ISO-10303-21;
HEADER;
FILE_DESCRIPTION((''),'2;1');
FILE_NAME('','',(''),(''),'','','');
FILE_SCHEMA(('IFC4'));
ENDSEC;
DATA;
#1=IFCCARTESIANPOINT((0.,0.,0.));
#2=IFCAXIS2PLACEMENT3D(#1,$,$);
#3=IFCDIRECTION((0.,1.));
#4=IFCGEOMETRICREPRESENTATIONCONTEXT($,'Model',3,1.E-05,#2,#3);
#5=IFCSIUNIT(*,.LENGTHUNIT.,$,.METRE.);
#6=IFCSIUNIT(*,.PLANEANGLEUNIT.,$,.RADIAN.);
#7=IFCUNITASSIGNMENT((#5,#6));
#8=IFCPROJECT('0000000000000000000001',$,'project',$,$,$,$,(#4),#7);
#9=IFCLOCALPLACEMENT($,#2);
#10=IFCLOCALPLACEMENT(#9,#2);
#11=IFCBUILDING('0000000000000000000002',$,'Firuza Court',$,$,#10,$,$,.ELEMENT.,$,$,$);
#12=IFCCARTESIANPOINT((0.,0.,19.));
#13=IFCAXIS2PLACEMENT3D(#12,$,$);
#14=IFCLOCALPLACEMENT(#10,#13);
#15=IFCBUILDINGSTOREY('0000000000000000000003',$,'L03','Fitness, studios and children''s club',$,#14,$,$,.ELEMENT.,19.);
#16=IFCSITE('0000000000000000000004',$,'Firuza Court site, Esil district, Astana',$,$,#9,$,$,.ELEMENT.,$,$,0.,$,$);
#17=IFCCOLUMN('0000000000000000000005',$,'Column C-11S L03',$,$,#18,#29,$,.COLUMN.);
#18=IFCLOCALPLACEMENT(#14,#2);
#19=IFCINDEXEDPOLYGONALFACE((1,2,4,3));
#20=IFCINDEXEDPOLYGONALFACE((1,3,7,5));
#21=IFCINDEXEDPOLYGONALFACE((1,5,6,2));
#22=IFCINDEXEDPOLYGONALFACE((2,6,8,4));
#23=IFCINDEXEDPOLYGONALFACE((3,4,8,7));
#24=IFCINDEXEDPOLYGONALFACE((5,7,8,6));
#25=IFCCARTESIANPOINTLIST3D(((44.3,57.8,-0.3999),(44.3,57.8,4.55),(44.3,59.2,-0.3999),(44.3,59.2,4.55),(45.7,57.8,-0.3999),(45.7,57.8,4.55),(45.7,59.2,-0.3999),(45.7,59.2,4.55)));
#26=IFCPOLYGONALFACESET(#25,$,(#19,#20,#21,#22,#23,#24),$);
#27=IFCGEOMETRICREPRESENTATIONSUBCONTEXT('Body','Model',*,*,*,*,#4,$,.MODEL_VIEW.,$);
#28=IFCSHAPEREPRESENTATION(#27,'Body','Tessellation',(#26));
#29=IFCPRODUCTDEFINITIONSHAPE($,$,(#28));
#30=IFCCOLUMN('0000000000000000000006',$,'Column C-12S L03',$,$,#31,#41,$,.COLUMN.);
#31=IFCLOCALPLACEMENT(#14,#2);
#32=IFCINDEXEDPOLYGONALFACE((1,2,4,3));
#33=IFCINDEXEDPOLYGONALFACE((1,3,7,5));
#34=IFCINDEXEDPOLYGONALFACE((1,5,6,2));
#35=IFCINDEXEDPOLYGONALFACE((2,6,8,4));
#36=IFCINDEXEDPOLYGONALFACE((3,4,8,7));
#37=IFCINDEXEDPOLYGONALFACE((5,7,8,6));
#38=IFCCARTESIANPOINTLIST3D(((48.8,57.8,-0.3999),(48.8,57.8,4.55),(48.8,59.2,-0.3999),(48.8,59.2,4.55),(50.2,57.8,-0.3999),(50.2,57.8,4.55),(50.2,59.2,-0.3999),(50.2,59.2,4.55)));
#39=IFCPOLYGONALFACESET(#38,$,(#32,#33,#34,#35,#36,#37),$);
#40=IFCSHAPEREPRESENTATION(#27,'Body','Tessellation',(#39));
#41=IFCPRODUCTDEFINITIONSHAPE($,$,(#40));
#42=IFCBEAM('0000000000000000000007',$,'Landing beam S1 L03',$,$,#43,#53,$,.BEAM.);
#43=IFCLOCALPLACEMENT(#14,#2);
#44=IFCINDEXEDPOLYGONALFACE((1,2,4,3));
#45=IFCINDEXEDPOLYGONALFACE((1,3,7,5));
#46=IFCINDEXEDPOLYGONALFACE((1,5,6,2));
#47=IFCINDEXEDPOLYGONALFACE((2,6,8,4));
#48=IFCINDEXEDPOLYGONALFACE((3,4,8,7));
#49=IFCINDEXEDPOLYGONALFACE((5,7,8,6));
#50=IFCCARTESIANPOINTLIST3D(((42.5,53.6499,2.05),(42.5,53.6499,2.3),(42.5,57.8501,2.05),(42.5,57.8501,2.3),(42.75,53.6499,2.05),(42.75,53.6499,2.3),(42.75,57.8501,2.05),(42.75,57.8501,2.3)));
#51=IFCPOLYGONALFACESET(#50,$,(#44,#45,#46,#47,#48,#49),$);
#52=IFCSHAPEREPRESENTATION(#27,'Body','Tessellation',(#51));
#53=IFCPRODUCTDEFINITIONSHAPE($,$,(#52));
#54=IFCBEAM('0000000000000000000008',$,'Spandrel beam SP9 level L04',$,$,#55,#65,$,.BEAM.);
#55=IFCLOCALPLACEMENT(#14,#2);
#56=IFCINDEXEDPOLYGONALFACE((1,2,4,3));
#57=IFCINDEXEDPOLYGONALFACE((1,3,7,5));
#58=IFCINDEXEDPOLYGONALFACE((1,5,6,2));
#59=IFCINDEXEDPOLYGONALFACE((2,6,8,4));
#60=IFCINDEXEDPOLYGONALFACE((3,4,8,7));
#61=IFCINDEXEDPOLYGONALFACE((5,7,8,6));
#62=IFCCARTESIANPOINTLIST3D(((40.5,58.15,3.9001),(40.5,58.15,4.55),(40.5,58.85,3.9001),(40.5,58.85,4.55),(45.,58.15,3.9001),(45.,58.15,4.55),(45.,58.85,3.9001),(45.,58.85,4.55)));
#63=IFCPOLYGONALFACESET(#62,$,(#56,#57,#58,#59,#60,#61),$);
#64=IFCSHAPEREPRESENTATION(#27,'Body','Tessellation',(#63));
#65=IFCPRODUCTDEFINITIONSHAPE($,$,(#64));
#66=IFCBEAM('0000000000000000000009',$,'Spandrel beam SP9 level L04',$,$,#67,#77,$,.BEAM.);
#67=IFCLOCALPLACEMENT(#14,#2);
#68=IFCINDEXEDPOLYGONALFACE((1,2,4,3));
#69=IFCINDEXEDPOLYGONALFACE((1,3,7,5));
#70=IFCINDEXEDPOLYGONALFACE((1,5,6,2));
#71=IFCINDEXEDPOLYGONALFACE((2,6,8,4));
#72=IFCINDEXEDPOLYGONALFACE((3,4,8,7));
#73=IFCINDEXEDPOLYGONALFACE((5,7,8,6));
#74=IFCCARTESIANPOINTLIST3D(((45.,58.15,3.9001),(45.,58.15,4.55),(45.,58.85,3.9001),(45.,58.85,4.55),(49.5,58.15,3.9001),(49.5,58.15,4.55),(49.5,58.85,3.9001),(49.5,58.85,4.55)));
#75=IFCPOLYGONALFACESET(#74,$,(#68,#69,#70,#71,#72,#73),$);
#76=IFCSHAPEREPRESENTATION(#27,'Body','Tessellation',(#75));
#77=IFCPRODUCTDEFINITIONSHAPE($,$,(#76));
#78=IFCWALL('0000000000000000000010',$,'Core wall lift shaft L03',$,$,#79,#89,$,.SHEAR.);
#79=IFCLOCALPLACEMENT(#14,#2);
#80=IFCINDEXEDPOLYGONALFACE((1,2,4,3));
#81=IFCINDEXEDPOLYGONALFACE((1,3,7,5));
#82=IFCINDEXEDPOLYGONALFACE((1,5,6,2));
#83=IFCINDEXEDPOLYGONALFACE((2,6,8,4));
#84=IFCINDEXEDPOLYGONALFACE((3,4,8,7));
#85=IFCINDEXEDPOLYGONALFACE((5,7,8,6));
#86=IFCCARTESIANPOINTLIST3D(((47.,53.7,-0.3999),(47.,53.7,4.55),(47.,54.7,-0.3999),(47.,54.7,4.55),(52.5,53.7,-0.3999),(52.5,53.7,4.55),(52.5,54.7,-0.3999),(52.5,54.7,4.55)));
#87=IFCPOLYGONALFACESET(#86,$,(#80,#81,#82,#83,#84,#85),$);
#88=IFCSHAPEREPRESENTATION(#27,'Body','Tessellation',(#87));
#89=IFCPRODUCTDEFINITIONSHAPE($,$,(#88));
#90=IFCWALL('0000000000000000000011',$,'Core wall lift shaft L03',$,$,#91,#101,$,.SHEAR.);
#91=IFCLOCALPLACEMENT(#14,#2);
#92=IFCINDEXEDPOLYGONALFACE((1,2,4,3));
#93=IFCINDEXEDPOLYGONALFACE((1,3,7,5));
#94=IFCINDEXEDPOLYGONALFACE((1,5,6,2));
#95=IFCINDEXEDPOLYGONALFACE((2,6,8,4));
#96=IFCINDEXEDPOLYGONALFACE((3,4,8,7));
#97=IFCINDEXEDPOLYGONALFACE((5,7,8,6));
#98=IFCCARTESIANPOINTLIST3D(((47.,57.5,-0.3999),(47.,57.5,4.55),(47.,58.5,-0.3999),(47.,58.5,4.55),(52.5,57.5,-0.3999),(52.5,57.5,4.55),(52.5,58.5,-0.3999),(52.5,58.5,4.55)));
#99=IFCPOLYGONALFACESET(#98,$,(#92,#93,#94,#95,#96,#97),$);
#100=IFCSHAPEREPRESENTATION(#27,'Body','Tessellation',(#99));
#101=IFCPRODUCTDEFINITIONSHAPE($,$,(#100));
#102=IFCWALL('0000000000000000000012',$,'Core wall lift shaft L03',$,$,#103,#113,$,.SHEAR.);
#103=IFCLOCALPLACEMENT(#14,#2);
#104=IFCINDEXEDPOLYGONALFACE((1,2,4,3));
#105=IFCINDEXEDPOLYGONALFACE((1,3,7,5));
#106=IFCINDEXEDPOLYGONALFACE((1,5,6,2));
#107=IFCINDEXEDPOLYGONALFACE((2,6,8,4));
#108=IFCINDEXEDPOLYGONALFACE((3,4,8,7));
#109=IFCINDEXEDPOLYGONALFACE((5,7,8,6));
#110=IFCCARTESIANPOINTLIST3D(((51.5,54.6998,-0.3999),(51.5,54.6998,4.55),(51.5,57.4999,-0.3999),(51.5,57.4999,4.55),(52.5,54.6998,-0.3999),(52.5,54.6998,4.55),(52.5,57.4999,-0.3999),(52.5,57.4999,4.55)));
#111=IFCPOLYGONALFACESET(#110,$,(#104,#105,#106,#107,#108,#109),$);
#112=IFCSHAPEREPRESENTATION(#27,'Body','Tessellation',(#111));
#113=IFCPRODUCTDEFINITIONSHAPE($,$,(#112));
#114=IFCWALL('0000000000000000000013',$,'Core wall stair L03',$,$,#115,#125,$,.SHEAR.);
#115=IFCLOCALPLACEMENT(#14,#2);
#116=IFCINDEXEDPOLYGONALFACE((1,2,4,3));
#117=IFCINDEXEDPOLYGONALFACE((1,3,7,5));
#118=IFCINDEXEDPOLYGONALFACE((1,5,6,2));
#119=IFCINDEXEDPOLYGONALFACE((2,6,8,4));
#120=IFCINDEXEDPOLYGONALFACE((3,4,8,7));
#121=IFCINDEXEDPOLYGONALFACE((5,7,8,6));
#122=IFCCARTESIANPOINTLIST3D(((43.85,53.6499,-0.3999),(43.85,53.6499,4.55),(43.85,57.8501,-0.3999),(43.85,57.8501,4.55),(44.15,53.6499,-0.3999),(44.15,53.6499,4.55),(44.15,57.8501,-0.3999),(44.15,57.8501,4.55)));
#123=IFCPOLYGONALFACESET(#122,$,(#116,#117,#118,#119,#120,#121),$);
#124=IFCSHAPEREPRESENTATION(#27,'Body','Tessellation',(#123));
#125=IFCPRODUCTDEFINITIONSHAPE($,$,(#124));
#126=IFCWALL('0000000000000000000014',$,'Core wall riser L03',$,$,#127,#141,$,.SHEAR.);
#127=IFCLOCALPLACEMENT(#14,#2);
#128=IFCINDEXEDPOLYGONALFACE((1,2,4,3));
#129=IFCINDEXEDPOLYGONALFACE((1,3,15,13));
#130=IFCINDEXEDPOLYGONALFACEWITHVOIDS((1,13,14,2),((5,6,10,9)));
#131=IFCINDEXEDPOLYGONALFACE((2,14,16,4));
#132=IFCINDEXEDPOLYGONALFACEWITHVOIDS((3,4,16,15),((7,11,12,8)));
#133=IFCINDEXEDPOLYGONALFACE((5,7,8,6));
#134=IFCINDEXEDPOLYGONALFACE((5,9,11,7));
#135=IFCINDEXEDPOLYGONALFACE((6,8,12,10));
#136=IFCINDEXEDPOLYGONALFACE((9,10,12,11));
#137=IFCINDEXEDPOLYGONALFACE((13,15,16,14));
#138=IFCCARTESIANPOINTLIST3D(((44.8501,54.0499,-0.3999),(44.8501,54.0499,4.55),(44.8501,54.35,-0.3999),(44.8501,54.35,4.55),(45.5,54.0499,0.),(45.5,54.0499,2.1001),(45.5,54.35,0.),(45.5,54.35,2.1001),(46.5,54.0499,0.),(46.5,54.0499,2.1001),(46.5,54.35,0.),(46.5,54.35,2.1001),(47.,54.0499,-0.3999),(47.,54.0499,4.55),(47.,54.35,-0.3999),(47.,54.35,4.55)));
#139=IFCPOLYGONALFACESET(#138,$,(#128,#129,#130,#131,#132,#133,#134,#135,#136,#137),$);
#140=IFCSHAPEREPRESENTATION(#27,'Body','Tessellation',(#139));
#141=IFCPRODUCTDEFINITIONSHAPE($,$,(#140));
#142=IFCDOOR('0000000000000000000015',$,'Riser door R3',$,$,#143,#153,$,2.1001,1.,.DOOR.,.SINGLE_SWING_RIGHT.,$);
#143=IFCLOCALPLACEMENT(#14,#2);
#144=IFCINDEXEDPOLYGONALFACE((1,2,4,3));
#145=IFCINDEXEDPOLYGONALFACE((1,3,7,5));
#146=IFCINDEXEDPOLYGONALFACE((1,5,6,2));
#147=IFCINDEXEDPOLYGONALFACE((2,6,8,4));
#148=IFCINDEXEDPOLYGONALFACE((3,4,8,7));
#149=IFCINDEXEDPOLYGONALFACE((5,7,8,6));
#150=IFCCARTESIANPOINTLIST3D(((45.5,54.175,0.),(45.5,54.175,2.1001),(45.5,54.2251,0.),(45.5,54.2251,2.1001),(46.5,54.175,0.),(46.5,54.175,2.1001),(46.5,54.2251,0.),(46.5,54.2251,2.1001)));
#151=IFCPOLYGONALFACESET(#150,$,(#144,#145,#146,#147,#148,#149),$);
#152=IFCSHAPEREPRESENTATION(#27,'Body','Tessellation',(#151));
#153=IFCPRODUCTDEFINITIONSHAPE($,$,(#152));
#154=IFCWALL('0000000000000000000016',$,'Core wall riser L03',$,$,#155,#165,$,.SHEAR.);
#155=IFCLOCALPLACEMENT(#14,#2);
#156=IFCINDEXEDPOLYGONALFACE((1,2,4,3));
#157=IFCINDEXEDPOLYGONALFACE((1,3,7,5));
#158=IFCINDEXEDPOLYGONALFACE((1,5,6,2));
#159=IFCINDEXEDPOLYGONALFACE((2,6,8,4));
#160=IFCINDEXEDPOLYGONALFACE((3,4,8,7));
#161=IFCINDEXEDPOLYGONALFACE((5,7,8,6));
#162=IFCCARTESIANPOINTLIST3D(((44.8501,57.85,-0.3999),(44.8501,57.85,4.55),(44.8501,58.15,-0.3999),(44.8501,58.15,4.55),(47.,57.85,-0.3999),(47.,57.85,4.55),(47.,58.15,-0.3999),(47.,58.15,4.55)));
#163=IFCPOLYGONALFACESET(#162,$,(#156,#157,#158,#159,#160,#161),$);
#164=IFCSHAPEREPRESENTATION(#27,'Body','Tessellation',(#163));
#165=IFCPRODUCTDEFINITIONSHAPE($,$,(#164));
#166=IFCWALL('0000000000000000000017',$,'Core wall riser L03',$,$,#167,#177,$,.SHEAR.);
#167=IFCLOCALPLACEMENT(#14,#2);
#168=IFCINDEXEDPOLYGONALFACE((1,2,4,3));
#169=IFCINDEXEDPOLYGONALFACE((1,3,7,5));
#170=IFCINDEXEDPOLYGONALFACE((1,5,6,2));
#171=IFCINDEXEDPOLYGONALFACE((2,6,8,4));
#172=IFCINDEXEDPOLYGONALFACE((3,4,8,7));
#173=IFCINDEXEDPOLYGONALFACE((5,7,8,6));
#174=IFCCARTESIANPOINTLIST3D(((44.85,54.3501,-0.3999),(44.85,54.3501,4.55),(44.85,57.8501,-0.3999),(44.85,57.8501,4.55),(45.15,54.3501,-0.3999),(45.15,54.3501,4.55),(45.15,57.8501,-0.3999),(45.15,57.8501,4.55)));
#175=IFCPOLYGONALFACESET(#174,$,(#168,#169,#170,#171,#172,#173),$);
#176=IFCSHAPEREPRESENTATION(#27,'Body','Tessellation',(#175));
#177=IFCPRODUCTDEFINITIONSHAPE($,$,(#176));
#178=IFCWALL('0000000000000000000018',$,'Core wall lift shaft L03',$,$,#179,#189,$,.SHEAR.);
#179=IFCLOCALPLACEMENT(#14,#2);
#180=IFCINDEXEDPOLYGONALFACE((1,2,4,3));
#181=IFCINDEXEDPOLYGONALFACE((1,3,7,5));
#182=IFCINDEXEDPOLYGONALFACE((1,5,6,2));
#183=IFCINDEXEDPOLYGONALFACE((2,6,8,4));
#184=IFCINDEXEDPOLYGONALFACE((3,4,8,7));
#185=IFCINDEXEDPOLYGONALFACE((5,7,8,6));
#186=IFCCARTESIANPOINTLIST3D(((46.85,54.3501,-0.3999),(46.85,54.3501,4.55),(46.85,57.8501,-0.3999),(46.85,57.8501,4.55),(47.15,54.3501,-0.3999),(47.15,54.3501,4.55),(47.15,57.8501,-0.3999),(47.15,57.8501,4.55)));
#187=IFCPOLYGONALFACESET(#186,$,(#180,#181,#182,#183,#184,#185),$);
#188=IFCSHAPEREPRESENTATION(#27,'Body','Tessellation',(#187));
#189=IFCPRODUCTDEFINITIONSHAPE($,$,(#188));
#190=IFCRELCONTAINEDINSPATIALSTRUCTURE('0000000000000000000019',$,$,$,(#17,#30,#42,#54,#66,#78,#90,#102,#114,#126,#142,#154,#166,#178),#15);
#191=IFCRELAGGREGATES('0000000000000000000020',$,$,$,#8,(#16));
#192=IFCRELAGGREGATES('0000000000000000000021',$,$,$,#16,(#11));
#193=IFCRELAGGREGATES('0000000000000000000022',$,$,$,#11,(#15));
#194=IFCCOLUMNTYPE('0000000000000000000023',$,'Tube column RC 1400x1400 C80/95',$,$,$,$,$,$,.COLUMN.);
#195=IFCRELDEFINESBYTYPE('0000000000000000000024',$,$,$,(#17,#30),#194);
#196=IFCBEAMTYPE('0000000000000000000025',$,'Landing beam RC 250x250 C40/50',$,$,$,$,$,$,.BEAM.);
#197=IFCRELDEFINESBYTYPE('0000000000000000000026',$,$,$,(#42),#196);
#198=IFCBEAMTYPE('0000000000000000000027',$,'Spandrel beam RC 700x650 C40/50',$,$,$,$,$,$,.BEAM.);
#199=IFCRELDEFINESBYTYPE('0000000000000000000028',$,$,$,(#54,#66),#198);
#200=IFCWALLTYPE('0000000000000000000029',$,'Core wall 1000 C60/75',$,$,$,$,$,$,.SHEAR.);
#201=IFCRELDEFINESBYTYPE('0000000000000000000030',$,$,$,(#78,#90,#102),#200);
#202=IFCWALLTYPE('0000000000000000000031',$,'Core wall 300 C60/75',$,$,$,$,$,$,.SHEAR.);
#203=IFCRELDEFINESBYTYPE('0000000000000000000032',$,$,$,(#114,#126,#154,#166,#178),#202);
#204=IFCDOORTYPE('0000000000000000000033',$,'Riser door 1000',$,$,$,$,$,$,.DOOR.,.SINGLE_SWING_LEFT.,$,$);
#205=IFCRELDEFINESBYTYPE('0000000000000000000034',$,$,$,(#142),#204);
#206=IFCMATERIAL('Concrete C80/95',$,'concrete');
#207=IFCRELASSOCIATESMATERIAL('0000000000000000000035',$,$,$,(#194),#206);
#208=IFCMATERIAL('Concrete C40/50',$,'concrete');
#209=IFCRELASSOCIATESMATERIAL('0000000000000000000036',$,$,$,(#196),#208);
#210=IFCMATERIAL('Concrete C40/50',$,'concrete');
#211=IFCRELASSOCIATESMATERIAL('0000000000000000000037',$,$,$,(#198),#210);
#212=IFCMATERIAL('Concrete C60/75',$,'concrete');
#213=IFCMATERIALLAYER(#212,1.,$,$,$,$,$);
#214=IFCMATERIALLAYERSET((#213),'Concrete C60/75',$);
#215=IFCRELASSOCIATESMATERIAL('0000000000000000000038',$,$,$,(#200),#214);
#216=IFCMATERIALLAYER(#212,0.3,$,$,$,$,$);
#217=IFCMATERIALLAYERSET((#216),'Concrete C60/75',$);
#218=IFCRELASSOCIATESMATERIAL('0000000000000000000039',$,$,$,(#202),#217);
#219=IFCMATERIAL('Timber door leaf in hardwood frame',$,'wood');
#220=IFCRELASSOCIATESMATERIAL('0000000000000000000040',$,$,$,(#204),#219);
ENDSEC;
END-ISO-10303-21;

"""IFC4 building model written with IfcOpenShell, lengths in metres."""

from ifc_helpers import new_model, si_unit, direction, frame, frame_2d, origin, origin_2d, place, context, subcontext, project, spatial, rectangle, extrude, material, layer, layer_set, material_profile, profile_set, type_object, element, fill, save


model = new_model("IFC4")

# Units and contexts
model_context = context("Model", 3, precision=1e-05, world=origin(), true_north=direction((0.0, 1.0)))
body_context = subcontext(model_context, "Body", "Model", "MODEL_VIEW")
ifc_project = project(units=[si_unit("LENGTHUNIT", "METRE"), si_unit("PLANEANGLEUNIT", "RADIAN")], contexts=[model_context])

# Site, building, storey
site_placement = place(None, origin())
site = spatial("IfcSite", under=ifc_project, at=site_placement, Name="Firuza Court site, Esil district, Astana", CompositionType="ELEMENT", RefElevation=0.0)
building_placement = place(site_placement, origin())
building = spatial("IfcBuilding", under=site, at=building_placement, Name="Firuza Court", CompositionType="ELEMENT")
storey_placement = place(building_placement, frame((0.0, 0.0, 19.0)))
storey = spatial("IfcBuildingStorey", under=building, at=storey_placement, Name="L03", Description="Fitness, studios and children's club", CompositionType="ELEMENT", Elevation=19.0)

# Columns
ifc_material_1 = material(Name="Concrete C80/95", Category="concrete")
ifc_material_profile_1 = material_profile(ifc_material_1, rectangle(XDim=1.3999, YDim=1.3999, at=origin_2d()), Name="RC 1400x1400")
ifc_profile_set_1 = profile_set([ifc_material_profile_1], Name="Concrete C80/95")
column_type = type_object("IfcColumnType", Name="Tube column RC 1400x1400 C80/95", PredefinedType="COLUMN", material=ifc_profile_set_1)
for number, where, z_axis, x_axis, name in (
    (1, (45.0, 58.5, -0.3999), (0.0, 0.0, 1.0), (1.0, 0.0, 0.0), "Column C-11S L03"),
    (2, (49.5, 58.5, -0.3999), (0.0, 0.0, 1.0), (1.0, 0.0, 0.0), "Column C-12S L03"),
):
    element("IfcColumn", number, at=place(storey_placement, frame(where, z_axis=z_axis, x_axis=x_axis)), inside=storey, type_object=column_type, Name=name, PredefinedType="COLUMN", context=body_context, shape_type="SweptSolid", body=[
        extrude(rectangle(XDim=1.3999, YDim=1.3999, at=origin_2d()), origin(), (0.0, 0.0, 1.0), 4.95),
    ])

# Beams
ifc_material_2 = material(Name="Concrete C40/50", Category="concrete")
ifc_material_profile_2 = material_profile(ifc_material_2, rectangle(XDim=0.25, YDim=0.25, at=origin_2d()), Name="RC 250x250")
ifc_profile_set_2 = profile_set([ifc_material_profile_2], Name="Concrete C40/50")
beam_type_1 = type_object("IfcBeamType", Name="Landing beam RC 250x250 C40/50", PredefinedType="BEAM", material=ifc_profile_set_2)
beam_placement = place(storey_placement, frame((42.625, 53.6499, 2.175), z_axis=(0.0, 1.0, 0.0), x_axis=(-1.0, 0.0, 0.0)))
element("IfcBeam", 3, at=beam_placement, inside=storey, type_object=beam_type_1, Name="Landing beam S1 L03", PredefinedType="BEAM", context=body_context, shape_type="SweptSolid", body=[
    extrude(rectangle(XDim=0.25, YDim=0.25, at=origin_2d()), origin(), (0.0, 0.0, 1.0), 4.2002),
])
ifc_material_3 = material(Name="Concrete C40/50", Category="concrete")
ifc_material_profile_3 = material_profile(ifc_material_3, rectangle(XDim=0.7, YDim=0.6499, at=origin_2d()), Name="RC 700x650")
ifc_profile_set_3 = profile_set([ifc_material_profile_3], Name="Concrete C40/50")
beam_type_2 = type_object("IfcBeamType", Name="Spandrel beam RC 700x650 C40/50", PredefinedType="BEAM", material=ifc_profile_set_3)
for number, where, z_axis, x_axis, name in (
    (4, (45.0, 58.5, 4.2251), (-1.0, 0.0, 0.0), (0.0, -1.0, 0.0), "Spandrel beam SP9 level L04"),
    (5, (49.5, 58.5, 4.2251), (-1.0, 0.0, 0.0), (0.0, -1.0, 0.0), "Spandrel beam SP9 level L04"),
):
    element("IfcBeam", number, at=place(storey_placement, frame(where, z_axis=z_axis, x_axis=x_axis)), inside=storey, type_object=beam_type_2, Name=name, PredefinedType="BEAM", context=body_context, shape_type="SweptSolid", body=[
        extrude(rectangle(XDim=0.7, YDim=0.6499, at=origin_2d()), origin(), (0.0, 0.0, 1.0), 4.5),
    ])

# Walls
ifc_material_4 = material(Name="Concrete C60/75", Category="concrete")
ifc_layer_1 = layer(ifc_material_4, 1.0)
ifc_layer_set_1 = layer_set([ifc_layer_1], Name="Concrete C60/75")
wall_type_1 = type_object("IfcWallType", Name="Core wall 1000 C60/75", PredefinedType="SHEAR", material=ifc_layer_set_1)
for number, where, z_axis, x_axis, name in (
    (6, (47.0, 54.2, -0.3999), (0.0, 0.0, 1.0), (1.0, 0.0, 0.0), "Core wall lift shaft L03"),
    (7, (47.0, 58.0, -0.3999), (0.0, 0.0, 1.0), (1.0, 0.0, 0.0), "Core wall lift shaft L03"),
):
    element("IfcWall", number, at=place(storey_placement, frame(where, z_axis=z_axis, x_axis=x_axis)), inside=storey, type_object=wall_type_1, Name=name, PredefinedType="SHEAR", context=body_context, shape_type="SweptSolid", body=[
        extrude(rectangle(XDim=5.5, YDim=1.0, at=frame_2d((2.75, 0.0))), origin(), (0.0, 0.0, 1.0), 4.95),
    ])
wall_1_placement = place(storey_placement, frame((52.0, 54.7, -0.3999), z_axis=(0.0, 0.0, 1.0), x_axis=(0.0, 1.0, 0.0)))
element("IfcWall", 8, at=wall_1_placement, inside=storey, type_object=wall_type_1, Name="Core wall lift shaft L03", PredefinedType="SHEAR", context=body_context, shape_type="SweptSolid", body=[
    extrude(rectangle(XDim=2.8, YDim=1.0, at=frame_2d((1.3999, 0.0))), origin(), (0.0, 0.0, 1.0), 4.95),
])
ifc_layer_2 = layer(ifc_material_4, 0.3)
ifc_layer_set_2 = layer_set([ifc_layer_2], Name="Concrete C60/75")
wall_type_2 = type_object("IfcWallType", Name="Core wall 300 C60/75", PredefinedType="SHEAR", material=ifc_layer_set_2)
wall_2_placement = place(storey_placement, frame((44.0, 53.6499, -0.3999), z_axis=(0.0, 0.0, 1.0), x_axis=(0.0, 1.0, 0.0)))
element("IfcWall", 9, at=wall_2_placement, inside=storey, type_object=wall_type_2, Name="Core wall stair L03", PredefinedType="SHEAR", context=body_context, shape_type="SweptSolid", body=[
    extrude(rectangle(XDim=4.2002, YDim=0.3, at=frame_2d((2.1001, 0.0))), origin(), (0.0, 0.0, 1.0), 4.95),
])

# Wall, opening, door
wall_3_placement = place(storey_placement, frame((44.8501, 54.2, -0.3999), z_axis=(0.0, 0.0, 1.0), x_axis=(1.0, 0.0, 0.0)))
wall_3 = element("IfcWall", 10, at=wall_3_placement, inside=storey, type_object=wall_type_2, Name="Core wall riser L03", PredefinedType="SHEAR", context=body_context, shape_type="SweptSolid", body=[
    extrude(rectangle(XDim=2.1499, YDim=0.3, at=frame_2d((1.075, 0.0))), origin(), (0.0, 0.0, 1.0), 4.95),
])
opening_1_placement = place(wall_3_placement, frame((0.6499, 0.0, 0.3999)))
opening_1 = element("IfcOpeningElement", 11, at=opening_1_placement, cuts=wall_3, PredefinedType="OPENING", context=body_context, shape_type="SweptSolid", body=[
    extrude(rectangle(XDim=1.0, YDim=2.1001, at=frame_2d((0.5, 1.05))), frame((0.0, 0.1621, 0.0), z_axis=(0.0, -1.0, 0.0), x_axis=(1.0, 0.0, 0.0)), (0.0, 0.0, 1.0), 0.324),
])
ifc_material_5 = material(Name="Timber door leaf in hardwood frame", Category="wood")
door_type_1 = type_object("IfcDoorType", Name="Riser door 1000", OperationType="SINGLE_SWING_LEFT", PredefinedType="DOOR", material=ifc_material_5)
door_1_placement = place(opening_1_placement, frame((1.0, 0.0, 0.0), z_axis=(0.0, 0.0, 1.0), x_axis=(-1.0, 0.0, 0.0)))
door_1 = element("IfcDoor", 12, at=door_1_placement, inside=storey, type_object=door_type_1, Name="Riser door R3", OperationType="SINGLE_SWING_RIGHT", OverallHeight=2.1001, OverallWidth=1.0, PredefinedType="DOOR", context=body_context, shape_type="SweptSolid", body=[
    extrude(rectangle(XDim=1.0, YDim=2.1001, at=frame_2d((0.5, 1.05))), frame((0.0, 0.0249, 0.0), z_axis=(0.0, -1.0, 0.0), x_axis=(1.0, 0.0, 0.0)), (0.0, 0.0, 1.0), 0.05),
])
fill(opening_1, door_1)

# Walls
wall_4_placement = place(storey_placement, frame((44.8501, 58.0, -0.3999), z_axis=(0.0, 0.0, 1.0), x_axis=(1.0, 0.0, 0.0)))
element("IfcWall", 13, at=wall_4_placement, inside=storey, type_object=wall_type_2, Name="Core wall riser L03", PredefinedType="SHEAR", context=body_context, shape_type="SweptSolid", body=[
    extrude(rectangle(XDim=2.1499, YDim=0.3, at=frame_2d((1.075, 0.0))), origin(), (0.0, 0.0, 1.0), 4.95),
])
for number, where, z_axis, x_axis, name in (
    (14, (45.0, 54.3501, -0.3999), (0.0, 0.0, 1.0), (0.0, 1.0, 0.0), "Core wall riser L03"),
    (15, (47.0, 54.3501, -0.3999), (0.0, 0.0, 1.0), (0.0, 1.0, 0.0), "Core wall lift shaft L03"),
):
    element("IfcWall", number, at=place(storey_placement, frame(where, z_axis=z_axis, x_axis=x_axis)), inside=storey, type_object=wall_type_2, Name=name, PredefinedType="SHEAR", context=body_context, shape_type="SweptSolid", body=[
        extrude(rectangle(XDim=3.5, YDim=0.3, at=frame_2d((1.75, 0.0))), origin(), (0.0, 0.0, 1.0), 4.95),
    ])

save(model, "model.ifc")
